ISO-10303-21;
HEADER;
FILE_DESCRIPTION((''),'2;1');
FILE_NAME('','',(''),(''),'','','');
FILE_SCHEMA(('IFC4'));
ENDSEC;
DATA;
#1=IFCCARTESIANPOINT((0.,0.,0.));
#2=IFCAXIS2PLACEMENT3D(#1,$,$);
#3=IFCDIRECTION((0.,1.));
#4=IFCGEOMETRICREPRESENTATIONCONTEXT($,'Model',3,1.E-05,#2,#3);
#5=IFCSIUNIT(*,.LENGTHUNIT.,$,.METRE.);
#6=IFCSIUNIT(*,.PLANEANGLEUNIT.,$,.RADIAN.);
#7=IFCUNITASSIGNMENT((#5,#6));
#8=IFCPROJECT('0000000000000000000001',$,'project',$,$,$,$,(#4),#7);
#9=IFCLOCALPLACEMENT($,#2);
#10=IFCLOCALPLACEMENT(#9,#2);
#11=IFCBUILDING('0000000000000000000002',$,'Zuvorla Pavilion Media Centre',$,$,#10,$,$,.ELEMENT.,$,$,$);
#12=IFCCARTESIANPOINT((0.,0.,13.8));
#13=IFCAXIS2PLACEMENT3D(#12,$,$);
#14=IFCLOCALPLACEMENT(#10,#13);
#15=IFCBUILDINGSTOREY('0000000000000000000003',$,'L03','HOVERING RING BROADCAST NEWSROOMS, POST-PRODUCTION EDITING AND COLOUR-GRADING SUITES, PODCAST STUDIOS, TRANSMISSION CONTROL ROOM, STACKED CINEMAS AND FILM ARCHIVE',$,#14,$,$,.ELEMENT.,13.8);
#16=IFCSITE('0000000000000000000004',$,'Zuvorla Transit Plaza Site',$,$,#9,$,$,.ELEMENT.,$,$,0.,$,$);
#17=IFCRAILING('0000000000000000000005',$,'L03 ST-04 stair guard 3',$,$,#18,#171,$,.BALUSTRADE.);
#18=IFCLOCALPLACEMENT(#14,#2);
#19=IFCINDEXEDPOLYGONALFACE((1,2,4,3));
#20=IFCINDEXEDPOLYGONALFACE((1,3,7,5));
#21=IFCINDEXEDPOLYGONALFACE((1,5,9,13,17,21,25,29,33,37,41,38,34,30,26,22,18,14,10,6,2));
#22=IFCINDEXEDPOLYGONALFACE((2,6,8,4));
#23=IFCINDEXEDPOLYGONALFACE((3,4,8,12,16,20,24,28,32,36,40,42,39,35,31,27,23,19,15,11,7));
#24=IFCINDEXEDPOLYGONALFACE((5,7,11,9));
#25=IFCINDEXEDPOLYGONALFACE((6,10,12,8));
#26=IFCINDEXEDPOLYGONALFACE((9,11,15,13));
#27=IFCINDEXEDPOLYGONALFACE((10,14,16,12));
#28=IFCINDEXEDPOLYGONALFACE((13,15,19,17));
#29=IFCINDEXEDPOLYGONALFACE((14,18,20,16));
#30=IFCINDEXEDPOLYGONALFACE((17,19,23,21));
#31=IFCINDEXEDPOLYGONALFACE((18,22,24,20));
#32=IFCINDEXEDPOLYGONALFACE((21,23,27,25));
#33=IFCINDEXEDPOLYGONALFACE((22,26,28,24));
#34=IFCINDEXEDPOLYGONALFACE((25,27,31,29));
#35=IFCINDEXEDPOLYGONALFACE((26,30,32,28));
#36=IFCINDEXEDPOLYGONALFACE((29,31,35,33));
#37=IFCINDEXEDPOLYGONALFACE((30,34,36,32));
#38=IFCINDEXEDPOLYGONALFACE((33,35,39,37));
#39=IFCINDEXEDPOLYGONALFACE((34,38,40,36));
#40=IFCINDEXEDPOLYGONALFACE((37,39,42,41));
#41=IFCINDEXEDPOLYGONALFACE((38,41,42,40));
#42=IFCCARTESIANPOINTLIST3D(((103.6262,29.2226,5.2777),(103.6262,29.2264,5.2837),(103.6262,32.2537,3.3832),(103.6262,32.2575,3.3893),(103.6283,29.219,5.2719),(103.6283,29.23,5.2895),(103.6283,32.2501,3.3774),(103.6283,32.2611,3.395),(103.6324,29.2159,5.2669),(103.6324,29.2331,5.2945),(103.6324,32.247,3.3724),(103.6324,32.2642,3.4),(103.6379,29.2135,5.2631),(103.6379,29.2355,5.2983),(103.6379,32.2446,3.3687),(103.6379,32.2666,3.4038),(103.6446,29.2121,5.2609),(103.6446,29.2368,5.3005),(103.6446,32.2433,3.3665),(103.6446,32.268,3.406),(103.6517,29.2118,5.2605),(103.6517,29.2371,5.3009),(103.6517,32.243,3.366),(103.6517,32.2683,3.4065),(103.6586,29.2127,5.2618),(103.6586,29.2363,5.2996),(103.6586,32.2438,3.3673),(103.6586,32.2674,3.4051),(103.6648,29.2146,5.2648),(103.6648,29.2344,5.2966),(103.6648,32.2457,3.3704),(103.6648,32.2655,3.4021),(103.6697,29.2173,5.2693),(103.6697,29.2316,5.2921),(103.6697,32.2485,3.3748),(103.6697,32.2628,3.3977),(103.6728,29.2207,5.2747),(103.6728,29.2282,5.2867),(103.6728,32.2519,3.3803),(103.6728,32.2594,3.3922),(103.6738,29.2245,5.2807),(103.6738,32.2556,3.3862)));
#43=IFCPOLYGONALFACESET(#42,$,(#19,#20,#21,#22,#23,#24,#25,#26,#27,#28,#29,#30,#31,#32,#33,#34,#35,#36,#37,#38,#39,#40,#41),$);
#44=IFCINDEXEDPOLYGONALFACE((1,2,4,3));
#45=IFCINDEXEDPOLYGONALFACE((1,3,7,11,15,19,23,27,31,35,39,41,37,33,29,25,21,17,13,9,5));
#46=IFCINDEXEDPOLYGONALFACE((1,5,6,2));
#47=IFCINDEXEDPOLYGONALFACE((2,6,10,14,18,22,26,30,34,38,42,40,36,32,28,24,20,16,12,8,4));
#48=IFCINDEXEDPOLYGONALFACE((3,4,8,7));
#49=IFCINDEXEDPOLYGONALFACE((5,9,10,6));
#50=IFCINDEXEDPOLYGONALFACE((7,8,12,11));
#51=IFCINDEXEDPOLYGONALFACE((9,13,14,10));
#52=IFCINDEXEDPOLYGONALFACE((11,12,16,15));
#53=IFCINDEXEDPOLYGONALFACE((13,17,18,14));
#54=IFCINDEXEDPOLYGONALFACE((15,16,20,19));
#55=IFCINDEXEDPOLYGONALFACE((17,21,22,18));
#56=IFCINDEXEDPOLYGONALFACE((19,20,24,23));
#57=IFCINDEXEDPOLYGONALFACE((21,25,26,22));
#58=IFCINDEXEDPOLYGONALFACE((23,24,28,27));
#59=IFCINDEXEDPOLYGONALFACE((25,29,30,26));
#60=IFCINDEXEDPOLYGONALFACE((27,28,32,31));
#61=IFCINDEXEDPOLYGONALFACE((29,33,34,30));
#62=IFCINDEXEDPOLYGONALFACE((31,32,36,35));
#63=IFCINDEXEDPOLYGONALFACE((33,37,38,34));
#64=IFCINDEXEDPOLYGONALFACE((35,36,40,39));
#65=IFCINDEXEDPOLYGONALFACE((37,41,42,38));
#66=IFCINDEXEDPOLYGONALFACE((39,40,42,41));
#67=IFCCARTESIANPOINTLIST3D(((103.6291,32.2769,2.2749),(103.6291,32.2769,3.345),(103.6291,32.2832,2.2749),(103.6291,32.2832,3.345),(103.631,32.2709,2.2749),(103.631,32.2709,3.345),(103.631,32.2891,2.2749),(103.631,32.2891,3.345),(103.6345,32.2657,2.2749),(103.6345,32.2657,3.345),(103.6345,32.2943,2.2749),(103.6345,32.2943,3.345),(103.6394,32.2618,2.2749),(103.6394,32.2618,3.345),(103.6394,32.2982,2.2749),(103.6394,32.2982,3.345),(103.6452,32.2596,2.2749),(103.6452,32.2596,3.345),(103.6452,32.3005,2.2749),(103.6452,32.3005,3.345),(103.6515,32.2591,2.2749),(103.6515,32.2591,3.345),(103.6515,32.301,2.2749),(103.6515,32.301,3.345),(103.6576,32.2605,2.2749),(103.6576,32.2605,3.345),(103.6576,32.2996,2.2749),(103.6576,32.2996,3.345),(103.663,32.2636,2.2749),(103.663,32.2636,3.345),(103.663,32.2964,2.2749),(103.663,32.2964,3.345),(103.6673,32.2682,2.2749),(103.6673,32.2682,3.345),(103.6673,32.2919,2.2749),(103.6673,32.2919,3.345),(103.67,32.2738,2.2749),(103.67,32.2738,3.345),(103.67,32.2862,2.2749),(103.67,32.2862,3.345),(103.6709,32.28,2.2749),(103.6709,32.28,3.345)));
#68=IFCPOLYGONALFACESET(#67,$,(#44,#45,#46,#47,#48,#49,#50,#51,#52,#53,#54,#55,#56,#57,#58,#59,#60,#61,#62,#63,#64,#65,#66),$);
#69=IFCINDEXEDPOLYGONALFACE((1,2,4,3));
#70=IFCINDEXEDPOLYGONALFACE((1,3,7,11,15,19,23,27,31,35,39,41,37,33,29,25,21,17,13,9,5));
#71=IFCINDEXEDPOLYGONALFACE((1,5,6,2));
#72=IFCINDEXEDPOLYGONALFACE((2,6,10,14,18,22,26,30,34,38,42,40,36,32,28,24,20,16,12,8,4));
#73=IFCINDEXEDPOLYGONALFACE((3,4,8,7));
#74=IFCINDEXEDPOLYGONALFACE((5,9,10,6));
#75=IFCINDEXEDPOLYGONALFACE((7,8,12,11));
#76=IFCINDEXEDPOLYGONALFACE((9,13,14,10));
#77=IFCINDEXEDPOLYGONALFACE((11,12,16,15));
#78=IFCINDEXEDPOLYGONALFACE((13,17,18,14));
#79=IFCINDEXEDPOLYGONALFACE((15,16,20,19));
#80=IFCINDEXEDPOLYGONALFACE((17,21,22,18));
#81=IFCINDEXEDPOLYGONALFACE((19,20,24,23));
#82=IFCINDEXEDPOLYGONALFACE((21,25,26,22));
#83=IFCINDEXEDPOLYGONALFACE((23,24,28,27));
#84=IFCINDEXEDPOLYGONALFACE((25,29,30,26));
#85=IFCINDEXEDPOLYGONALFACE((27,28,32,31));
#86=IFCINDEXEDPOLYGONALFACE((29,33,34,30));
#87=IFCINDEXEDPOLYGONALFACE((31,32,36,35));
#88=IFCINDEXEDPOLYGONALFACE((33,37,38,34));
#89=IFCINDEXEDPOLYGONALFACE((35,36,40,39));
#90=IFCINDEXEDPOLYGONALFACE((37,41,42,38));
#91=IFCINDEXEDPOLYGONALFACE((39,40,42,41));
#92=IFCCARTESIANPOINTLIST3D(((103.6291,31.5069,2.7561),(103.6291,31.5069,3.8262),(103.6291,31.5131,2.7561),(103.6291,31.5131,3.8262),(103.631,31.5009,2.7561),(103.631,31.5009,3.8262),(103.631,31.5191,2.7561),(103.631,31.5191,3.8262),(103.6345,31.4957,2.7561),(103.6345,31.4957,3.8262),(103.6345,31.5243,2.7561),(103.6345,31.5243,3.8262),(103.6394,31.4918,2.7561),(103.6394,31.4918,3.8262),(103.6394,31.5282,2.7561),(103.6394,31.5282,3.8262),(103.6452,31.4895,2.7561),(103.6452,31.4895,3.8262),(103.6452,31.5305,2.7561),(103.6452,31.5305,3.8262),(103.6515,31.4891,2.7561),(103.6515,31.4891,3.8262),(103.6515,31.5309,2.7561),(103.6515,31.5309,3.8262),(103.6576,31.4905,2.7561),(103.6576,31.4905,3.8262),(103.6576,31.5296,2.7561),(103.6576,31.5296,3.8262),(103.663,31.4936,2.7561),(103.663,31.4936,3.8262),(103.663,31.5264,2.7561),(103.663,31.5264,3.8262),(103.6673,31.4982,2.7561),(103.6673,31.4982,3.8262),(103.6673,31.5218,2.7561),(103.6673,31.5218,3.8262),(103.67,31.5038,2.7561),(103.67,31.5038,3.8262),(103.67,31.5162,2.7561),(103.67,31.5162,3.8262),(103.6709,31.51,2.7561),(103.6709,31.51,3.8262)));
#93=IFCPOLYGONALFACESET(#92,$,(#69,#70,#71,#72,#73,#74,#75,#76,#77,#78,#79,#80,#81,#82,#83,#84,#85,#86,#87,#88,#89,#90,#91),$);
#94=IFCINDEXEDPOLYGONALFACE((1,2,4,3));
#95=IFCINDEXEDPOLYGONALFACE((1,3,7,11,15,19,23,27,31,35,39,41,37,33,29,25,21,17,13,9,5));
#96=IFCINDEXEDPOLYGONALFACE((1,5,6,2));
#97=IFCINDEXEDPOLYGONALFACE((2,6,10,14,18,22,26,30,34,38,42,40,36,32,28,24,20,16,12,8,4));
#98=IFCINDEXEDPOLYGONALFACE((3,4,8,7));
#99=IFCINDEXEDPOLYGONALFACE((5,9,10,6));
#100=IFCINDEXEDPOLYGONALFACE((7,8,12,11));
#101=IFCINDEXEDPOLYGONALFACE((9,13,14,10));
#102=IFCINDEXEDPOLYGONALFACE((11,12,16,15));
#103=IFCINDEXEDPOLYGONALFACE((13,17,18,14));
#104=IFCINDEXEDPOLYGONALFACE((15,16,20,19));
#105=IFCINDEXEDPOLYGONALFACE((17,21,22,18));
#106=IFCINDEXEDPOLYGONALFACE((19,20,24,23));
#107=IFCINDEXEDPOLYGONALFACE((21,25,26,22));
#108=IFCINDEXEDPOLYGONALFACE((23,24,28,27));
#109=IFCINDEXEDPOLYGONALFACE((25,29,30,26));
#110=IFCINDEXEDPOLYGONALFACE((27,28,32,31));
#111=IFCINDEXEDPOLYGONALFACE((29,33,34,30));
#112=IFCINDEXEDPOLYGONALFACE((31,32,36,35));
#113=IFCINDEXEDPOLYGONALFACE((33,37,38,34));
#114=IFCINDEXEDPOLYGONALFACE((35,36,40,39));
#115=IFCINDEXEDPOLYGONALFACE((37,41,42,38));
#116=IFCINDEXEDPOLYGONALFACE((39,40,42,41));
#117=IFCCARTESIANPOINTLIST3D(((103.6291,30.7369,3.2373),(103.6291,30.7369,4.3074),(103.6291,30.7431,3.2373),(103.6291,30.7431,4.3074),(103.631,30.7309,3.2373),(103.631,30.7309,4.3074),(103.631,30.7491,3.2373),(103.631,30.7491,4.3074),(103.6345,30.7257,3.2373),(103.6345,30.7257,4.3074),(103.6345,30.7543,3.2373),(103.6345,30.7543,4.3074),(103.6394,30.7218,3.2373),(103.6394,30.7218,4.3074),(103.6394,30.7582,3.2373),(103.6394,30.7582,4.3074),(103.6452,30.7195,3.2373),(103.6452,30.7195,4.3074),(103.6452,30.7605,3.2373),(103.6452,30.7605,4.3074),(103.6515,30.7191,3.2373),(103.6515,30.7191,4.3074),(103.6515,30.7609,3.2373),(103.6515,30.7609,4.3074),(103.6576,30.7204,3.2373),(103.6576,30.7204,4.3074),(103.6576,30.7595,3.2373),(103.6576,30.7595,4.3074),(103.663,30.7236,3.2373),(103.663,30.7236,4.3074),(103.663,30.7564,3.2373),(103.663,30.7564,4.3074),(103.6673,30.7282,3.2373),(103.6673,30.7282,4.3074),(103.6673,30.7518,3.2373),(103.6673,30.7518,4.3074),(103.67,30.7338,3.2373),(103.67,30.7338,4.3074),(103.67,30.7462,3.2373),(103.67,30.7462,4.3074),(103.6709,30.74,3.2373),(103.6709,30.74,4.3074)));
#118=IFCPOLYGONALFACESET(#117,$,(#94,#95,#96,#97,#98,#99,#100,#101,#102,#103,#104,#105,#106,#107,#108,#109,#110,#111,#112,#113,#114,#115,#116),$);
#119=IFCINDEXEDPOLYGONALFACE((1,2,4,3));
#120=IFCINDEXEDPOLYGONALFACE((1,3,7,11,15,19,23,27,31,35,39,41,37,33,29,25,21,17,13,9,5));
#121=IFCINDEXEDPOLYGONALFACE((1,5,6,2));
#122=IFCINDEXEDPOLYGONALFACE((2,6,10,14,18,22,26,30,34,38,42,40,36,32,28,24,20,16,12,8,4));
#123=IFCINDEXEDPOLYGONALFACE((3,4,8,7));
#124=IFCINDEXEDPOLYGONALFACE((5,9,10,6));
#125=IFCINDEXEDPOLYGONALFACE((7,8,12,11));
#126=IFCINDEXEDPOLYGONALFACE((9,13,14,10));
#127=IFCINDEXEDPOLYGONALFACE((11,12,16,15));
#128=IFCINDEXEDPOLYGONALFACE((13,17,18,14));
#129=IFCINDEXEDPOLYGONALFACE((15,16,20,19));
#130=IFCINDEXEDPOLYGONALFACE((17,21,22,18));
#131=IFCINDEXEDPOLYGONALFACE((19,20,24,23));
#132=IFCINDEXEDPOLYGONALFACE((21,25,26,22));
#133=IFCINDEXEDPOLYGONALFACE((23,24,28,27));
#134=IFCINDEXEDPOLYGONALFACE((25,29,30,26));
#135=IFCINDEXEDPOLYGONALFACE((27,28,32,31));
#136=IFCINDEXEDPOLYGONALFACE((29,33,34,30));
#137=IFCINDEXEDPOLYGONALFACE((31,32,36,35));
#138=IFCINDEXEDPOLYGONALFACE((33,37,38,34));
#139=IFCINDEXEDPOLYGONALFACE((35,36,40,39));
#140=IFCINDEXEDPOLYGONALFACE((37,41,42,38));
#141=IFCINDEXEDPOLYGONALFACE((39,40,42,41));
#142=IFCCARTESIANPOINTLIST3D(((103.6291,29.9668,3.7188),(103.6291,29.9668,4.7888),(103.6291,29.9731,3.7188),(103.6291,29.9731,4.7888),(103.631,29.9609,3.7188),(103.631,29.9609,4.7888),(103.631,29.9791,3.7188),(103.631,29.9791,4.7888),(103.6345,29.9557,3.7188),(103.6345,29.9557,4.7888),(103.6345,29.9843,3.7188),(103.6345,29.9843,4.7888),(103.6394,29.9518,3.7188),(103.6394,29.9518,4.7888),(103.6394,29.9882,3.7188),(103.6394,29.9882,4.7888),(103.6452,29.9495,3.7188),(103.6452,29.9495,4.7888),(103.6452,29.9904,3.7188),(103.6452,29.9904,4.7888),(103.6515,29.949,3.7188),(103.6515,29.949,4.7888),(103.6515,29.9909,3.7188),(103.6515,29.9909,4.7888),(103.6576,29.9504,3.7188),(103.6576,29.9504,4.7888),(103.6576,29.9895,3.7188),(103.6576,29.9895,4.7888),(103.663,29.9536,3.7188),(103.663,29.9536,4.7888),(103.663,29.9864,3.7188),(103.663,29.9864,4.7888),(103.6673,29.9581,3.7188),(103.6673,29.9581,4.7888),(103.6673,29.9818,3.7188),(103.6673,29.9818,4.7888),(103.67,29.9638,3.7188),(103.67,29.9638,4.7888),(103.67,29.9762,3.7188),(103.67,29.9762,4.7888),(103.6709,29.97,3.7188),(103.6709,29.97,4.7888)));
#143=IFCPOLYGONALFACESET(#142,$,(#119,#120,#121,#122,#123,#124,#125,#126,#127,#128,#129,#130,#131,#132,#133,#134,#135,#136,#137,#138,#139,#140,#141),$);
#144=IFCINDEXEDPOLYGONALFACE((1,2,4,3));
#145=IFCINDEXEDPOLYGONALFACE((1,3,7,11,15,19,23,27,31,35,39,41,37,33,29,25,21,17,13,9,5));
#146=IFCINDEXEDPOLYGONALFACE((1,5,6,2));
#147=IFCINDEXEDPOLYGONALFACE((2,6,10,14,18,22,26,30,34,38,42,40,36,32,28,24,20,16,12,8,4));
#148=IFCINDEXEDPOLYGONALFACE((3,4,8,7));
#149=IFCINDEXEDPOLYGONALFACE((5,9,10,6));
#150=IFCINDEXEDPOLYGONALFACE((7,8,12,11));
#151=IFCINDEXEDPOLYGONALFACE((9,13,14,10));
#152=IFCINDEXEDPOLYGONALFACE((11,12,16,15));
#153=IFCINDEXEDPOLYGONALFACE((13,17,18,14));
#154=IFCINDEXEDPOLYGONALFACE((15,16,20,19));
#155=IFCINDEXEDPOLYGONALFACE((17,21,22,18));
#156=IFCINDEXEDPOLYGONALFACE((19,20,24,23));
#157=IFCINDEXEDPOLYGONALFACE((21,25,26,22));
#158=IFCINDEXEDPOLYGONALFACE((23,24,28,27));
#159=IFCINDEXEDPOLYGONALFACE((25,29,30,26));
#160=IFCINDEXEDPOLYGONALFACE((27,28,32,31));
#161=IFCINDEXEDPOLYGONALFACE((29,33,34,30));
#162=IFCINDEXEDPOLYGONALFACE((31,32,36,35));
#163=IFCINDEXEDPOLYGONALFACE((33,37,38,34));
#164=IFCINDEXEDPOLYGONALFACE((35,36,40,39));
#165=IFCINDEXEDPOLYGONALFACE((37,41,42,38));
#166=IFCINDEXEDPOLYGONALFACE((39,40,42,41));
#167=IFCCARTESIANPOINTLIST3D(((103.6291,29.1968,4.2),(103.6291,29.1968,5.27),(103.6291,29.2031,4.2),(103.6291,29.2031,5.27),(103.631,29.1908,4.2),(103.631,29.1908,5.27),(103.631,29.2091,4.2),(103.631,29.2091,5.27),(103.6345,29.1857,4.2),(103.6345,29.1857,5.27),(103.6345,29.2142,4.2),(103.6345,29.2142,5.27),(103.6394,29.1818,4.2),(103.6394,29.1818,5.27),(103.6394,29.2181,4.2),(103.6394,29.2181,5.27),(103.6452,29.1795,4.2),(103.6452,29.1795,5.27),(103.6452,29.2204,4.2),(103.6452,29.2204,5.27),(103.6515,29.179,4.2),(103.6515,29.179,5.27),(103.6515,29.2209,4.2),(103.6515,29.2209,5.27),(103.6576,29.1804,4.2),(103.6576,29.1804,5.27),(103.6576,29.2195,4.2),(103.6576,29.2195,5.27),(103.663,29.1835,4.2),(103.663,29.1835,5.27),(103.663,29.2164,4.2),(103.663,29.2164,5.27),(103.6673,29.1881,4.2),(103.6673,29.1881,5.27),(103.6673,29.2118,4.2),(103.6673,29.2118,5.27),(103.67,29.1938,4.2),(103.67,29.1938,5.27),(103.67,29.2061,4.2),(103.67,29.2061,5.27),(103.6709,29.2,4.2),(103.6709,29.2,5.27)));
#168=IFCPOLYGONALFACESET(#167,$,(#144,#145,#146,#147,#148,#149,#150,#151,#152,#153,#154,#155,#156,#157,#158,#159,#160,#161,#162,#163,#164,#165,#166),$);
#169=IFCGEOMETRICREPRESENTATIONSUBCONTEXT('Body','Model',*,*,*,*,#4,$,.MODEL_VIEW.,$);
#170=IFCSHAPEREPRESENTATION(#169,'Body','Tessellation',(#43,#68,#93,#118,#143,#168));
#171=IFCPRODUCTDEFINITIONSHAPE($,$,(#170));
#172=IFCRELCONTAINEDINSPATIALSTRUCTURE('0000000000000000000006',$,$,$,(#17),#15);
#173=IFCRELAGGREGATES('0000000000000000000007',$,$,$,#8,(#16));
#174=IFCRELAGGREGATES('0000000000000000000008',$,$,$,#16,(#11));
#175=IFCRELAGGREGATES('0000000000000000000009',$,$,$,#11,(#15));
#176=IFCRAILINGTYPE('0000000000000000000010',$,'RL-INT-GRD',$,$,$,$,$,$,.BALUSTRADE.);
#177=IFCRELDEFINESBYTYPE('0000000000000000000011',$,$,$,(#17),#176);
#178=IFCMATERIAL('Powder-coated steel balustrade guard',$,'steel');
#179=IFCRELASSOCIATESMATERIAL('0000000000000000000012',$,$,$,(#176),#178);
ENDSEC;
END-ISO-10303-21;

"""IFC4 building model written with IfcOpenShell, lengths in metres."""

from ifc_helpers import new_model, si_unit, direction, frame, origin, origin_2d, place, context, subcontext, project, spatial, circle, extrude, material, type_object, element, save


model = new_model("IFC4")

# Units and contexts
model_context = context("Model", 3, precision=1e-05, world=origin(), true_north=direction((0.0, 1.0)))
body_context = subcontext(model_context, "Body", "Model", "MODEL_VIEW")
ifc_project = project(units=[si_unit("LENGTHUNIT", "METRE"), si_unit("PLANEANGLEUNIT", "RADIAN")], contexts=[model_context])

# Site, building, storey
site_placement = place(None, origin())
site = spatial("IfcSite", under=ifc_project, at=site_placement, Name="Zuvorla Transit Plaza Site", CompositionType="ELEMENT", RefElevation=0.0)
building_placement = place(site_placement, origin())
building = spatial("IfcBuilding", under=site, at=building_placement, Name="Zuvorla Pavilion Media Centre", CompositionType="ELEMENT")
storey_placement = place(building_placement, frame((0.0, 0.0, 13.8)))
storey = spatial("IfcBuildingStorey", under=building, at=storey_placement, Name="L03", Description="HOVERING RING BROADCAST NEWSROOMS, POST-PRODUCTION EDITING AND COLOUR-GRADING SUITES, PODCAST STUDIOS, TRANSMISSION CONTROL ROOM, STACKED CINEMAS AND FILM ARCHIVE", CompositionType="ELEMENT", Elevation=13.8)

# Railing
ifc_material_1 = material(Name="Powder-coated steel balustrade guard", Category="steel")
railing_type_1 = type_object("IfcRailingType", Name="RL-INT-GRD", PredefinedType="BALUSTRADE", material=ifc_material_1)
railing_1_placement = place(storey_placement, frame((103.6499, 32.28, 2.2749)))
element("IfcRailing", 1, at=railing_1_placement, inside=storey, type_object=railing_type_1, Name="L03 ST-04 stair guard 3", PredefinedType="BALUSTRADE", context=body_context, shape_type="SweptSolid", body=[
    extrude(circle(Radius=0.0239, at=origin_2d()), frame((0.0, -0.0244, 1.1113), z_axis=(0.0, -0.847998, 0.529999), x_axis=(1.0, 0.0, 0.0)), (0.0, 0.0, 1.0), 3.5745),
    extrude(circle(Radius=0.021, at=origin_2d()), origin(), (0.0, 0.0, 1.0), 1.0701),
    extrude(circle(Radius=0.021, at=origin_2d()), frame((0.0, -0.77, 0.4812)), (0.0, 0.0, 1.0), 1.0701),
    extrude(circle(Radius=0.021, at=origin_2d()), frame((0.0, -1.54, 0.9624)), (0.0, 0.0, 1.0), 1.0701),
    extrude(circle(Radius=0.021, at=origin_2d()), frame((0.0, -2.3101, 1.4438)), (0.0, 0.0, 1.0), 1.0701),
    extrude(circle(Radius=0.021, at=origin_2d()), frame((0.0, -3.0801, 1.925)), (0.0, 0.0, 1.0), 1.0701),
])

save(model, "model.ifc")
